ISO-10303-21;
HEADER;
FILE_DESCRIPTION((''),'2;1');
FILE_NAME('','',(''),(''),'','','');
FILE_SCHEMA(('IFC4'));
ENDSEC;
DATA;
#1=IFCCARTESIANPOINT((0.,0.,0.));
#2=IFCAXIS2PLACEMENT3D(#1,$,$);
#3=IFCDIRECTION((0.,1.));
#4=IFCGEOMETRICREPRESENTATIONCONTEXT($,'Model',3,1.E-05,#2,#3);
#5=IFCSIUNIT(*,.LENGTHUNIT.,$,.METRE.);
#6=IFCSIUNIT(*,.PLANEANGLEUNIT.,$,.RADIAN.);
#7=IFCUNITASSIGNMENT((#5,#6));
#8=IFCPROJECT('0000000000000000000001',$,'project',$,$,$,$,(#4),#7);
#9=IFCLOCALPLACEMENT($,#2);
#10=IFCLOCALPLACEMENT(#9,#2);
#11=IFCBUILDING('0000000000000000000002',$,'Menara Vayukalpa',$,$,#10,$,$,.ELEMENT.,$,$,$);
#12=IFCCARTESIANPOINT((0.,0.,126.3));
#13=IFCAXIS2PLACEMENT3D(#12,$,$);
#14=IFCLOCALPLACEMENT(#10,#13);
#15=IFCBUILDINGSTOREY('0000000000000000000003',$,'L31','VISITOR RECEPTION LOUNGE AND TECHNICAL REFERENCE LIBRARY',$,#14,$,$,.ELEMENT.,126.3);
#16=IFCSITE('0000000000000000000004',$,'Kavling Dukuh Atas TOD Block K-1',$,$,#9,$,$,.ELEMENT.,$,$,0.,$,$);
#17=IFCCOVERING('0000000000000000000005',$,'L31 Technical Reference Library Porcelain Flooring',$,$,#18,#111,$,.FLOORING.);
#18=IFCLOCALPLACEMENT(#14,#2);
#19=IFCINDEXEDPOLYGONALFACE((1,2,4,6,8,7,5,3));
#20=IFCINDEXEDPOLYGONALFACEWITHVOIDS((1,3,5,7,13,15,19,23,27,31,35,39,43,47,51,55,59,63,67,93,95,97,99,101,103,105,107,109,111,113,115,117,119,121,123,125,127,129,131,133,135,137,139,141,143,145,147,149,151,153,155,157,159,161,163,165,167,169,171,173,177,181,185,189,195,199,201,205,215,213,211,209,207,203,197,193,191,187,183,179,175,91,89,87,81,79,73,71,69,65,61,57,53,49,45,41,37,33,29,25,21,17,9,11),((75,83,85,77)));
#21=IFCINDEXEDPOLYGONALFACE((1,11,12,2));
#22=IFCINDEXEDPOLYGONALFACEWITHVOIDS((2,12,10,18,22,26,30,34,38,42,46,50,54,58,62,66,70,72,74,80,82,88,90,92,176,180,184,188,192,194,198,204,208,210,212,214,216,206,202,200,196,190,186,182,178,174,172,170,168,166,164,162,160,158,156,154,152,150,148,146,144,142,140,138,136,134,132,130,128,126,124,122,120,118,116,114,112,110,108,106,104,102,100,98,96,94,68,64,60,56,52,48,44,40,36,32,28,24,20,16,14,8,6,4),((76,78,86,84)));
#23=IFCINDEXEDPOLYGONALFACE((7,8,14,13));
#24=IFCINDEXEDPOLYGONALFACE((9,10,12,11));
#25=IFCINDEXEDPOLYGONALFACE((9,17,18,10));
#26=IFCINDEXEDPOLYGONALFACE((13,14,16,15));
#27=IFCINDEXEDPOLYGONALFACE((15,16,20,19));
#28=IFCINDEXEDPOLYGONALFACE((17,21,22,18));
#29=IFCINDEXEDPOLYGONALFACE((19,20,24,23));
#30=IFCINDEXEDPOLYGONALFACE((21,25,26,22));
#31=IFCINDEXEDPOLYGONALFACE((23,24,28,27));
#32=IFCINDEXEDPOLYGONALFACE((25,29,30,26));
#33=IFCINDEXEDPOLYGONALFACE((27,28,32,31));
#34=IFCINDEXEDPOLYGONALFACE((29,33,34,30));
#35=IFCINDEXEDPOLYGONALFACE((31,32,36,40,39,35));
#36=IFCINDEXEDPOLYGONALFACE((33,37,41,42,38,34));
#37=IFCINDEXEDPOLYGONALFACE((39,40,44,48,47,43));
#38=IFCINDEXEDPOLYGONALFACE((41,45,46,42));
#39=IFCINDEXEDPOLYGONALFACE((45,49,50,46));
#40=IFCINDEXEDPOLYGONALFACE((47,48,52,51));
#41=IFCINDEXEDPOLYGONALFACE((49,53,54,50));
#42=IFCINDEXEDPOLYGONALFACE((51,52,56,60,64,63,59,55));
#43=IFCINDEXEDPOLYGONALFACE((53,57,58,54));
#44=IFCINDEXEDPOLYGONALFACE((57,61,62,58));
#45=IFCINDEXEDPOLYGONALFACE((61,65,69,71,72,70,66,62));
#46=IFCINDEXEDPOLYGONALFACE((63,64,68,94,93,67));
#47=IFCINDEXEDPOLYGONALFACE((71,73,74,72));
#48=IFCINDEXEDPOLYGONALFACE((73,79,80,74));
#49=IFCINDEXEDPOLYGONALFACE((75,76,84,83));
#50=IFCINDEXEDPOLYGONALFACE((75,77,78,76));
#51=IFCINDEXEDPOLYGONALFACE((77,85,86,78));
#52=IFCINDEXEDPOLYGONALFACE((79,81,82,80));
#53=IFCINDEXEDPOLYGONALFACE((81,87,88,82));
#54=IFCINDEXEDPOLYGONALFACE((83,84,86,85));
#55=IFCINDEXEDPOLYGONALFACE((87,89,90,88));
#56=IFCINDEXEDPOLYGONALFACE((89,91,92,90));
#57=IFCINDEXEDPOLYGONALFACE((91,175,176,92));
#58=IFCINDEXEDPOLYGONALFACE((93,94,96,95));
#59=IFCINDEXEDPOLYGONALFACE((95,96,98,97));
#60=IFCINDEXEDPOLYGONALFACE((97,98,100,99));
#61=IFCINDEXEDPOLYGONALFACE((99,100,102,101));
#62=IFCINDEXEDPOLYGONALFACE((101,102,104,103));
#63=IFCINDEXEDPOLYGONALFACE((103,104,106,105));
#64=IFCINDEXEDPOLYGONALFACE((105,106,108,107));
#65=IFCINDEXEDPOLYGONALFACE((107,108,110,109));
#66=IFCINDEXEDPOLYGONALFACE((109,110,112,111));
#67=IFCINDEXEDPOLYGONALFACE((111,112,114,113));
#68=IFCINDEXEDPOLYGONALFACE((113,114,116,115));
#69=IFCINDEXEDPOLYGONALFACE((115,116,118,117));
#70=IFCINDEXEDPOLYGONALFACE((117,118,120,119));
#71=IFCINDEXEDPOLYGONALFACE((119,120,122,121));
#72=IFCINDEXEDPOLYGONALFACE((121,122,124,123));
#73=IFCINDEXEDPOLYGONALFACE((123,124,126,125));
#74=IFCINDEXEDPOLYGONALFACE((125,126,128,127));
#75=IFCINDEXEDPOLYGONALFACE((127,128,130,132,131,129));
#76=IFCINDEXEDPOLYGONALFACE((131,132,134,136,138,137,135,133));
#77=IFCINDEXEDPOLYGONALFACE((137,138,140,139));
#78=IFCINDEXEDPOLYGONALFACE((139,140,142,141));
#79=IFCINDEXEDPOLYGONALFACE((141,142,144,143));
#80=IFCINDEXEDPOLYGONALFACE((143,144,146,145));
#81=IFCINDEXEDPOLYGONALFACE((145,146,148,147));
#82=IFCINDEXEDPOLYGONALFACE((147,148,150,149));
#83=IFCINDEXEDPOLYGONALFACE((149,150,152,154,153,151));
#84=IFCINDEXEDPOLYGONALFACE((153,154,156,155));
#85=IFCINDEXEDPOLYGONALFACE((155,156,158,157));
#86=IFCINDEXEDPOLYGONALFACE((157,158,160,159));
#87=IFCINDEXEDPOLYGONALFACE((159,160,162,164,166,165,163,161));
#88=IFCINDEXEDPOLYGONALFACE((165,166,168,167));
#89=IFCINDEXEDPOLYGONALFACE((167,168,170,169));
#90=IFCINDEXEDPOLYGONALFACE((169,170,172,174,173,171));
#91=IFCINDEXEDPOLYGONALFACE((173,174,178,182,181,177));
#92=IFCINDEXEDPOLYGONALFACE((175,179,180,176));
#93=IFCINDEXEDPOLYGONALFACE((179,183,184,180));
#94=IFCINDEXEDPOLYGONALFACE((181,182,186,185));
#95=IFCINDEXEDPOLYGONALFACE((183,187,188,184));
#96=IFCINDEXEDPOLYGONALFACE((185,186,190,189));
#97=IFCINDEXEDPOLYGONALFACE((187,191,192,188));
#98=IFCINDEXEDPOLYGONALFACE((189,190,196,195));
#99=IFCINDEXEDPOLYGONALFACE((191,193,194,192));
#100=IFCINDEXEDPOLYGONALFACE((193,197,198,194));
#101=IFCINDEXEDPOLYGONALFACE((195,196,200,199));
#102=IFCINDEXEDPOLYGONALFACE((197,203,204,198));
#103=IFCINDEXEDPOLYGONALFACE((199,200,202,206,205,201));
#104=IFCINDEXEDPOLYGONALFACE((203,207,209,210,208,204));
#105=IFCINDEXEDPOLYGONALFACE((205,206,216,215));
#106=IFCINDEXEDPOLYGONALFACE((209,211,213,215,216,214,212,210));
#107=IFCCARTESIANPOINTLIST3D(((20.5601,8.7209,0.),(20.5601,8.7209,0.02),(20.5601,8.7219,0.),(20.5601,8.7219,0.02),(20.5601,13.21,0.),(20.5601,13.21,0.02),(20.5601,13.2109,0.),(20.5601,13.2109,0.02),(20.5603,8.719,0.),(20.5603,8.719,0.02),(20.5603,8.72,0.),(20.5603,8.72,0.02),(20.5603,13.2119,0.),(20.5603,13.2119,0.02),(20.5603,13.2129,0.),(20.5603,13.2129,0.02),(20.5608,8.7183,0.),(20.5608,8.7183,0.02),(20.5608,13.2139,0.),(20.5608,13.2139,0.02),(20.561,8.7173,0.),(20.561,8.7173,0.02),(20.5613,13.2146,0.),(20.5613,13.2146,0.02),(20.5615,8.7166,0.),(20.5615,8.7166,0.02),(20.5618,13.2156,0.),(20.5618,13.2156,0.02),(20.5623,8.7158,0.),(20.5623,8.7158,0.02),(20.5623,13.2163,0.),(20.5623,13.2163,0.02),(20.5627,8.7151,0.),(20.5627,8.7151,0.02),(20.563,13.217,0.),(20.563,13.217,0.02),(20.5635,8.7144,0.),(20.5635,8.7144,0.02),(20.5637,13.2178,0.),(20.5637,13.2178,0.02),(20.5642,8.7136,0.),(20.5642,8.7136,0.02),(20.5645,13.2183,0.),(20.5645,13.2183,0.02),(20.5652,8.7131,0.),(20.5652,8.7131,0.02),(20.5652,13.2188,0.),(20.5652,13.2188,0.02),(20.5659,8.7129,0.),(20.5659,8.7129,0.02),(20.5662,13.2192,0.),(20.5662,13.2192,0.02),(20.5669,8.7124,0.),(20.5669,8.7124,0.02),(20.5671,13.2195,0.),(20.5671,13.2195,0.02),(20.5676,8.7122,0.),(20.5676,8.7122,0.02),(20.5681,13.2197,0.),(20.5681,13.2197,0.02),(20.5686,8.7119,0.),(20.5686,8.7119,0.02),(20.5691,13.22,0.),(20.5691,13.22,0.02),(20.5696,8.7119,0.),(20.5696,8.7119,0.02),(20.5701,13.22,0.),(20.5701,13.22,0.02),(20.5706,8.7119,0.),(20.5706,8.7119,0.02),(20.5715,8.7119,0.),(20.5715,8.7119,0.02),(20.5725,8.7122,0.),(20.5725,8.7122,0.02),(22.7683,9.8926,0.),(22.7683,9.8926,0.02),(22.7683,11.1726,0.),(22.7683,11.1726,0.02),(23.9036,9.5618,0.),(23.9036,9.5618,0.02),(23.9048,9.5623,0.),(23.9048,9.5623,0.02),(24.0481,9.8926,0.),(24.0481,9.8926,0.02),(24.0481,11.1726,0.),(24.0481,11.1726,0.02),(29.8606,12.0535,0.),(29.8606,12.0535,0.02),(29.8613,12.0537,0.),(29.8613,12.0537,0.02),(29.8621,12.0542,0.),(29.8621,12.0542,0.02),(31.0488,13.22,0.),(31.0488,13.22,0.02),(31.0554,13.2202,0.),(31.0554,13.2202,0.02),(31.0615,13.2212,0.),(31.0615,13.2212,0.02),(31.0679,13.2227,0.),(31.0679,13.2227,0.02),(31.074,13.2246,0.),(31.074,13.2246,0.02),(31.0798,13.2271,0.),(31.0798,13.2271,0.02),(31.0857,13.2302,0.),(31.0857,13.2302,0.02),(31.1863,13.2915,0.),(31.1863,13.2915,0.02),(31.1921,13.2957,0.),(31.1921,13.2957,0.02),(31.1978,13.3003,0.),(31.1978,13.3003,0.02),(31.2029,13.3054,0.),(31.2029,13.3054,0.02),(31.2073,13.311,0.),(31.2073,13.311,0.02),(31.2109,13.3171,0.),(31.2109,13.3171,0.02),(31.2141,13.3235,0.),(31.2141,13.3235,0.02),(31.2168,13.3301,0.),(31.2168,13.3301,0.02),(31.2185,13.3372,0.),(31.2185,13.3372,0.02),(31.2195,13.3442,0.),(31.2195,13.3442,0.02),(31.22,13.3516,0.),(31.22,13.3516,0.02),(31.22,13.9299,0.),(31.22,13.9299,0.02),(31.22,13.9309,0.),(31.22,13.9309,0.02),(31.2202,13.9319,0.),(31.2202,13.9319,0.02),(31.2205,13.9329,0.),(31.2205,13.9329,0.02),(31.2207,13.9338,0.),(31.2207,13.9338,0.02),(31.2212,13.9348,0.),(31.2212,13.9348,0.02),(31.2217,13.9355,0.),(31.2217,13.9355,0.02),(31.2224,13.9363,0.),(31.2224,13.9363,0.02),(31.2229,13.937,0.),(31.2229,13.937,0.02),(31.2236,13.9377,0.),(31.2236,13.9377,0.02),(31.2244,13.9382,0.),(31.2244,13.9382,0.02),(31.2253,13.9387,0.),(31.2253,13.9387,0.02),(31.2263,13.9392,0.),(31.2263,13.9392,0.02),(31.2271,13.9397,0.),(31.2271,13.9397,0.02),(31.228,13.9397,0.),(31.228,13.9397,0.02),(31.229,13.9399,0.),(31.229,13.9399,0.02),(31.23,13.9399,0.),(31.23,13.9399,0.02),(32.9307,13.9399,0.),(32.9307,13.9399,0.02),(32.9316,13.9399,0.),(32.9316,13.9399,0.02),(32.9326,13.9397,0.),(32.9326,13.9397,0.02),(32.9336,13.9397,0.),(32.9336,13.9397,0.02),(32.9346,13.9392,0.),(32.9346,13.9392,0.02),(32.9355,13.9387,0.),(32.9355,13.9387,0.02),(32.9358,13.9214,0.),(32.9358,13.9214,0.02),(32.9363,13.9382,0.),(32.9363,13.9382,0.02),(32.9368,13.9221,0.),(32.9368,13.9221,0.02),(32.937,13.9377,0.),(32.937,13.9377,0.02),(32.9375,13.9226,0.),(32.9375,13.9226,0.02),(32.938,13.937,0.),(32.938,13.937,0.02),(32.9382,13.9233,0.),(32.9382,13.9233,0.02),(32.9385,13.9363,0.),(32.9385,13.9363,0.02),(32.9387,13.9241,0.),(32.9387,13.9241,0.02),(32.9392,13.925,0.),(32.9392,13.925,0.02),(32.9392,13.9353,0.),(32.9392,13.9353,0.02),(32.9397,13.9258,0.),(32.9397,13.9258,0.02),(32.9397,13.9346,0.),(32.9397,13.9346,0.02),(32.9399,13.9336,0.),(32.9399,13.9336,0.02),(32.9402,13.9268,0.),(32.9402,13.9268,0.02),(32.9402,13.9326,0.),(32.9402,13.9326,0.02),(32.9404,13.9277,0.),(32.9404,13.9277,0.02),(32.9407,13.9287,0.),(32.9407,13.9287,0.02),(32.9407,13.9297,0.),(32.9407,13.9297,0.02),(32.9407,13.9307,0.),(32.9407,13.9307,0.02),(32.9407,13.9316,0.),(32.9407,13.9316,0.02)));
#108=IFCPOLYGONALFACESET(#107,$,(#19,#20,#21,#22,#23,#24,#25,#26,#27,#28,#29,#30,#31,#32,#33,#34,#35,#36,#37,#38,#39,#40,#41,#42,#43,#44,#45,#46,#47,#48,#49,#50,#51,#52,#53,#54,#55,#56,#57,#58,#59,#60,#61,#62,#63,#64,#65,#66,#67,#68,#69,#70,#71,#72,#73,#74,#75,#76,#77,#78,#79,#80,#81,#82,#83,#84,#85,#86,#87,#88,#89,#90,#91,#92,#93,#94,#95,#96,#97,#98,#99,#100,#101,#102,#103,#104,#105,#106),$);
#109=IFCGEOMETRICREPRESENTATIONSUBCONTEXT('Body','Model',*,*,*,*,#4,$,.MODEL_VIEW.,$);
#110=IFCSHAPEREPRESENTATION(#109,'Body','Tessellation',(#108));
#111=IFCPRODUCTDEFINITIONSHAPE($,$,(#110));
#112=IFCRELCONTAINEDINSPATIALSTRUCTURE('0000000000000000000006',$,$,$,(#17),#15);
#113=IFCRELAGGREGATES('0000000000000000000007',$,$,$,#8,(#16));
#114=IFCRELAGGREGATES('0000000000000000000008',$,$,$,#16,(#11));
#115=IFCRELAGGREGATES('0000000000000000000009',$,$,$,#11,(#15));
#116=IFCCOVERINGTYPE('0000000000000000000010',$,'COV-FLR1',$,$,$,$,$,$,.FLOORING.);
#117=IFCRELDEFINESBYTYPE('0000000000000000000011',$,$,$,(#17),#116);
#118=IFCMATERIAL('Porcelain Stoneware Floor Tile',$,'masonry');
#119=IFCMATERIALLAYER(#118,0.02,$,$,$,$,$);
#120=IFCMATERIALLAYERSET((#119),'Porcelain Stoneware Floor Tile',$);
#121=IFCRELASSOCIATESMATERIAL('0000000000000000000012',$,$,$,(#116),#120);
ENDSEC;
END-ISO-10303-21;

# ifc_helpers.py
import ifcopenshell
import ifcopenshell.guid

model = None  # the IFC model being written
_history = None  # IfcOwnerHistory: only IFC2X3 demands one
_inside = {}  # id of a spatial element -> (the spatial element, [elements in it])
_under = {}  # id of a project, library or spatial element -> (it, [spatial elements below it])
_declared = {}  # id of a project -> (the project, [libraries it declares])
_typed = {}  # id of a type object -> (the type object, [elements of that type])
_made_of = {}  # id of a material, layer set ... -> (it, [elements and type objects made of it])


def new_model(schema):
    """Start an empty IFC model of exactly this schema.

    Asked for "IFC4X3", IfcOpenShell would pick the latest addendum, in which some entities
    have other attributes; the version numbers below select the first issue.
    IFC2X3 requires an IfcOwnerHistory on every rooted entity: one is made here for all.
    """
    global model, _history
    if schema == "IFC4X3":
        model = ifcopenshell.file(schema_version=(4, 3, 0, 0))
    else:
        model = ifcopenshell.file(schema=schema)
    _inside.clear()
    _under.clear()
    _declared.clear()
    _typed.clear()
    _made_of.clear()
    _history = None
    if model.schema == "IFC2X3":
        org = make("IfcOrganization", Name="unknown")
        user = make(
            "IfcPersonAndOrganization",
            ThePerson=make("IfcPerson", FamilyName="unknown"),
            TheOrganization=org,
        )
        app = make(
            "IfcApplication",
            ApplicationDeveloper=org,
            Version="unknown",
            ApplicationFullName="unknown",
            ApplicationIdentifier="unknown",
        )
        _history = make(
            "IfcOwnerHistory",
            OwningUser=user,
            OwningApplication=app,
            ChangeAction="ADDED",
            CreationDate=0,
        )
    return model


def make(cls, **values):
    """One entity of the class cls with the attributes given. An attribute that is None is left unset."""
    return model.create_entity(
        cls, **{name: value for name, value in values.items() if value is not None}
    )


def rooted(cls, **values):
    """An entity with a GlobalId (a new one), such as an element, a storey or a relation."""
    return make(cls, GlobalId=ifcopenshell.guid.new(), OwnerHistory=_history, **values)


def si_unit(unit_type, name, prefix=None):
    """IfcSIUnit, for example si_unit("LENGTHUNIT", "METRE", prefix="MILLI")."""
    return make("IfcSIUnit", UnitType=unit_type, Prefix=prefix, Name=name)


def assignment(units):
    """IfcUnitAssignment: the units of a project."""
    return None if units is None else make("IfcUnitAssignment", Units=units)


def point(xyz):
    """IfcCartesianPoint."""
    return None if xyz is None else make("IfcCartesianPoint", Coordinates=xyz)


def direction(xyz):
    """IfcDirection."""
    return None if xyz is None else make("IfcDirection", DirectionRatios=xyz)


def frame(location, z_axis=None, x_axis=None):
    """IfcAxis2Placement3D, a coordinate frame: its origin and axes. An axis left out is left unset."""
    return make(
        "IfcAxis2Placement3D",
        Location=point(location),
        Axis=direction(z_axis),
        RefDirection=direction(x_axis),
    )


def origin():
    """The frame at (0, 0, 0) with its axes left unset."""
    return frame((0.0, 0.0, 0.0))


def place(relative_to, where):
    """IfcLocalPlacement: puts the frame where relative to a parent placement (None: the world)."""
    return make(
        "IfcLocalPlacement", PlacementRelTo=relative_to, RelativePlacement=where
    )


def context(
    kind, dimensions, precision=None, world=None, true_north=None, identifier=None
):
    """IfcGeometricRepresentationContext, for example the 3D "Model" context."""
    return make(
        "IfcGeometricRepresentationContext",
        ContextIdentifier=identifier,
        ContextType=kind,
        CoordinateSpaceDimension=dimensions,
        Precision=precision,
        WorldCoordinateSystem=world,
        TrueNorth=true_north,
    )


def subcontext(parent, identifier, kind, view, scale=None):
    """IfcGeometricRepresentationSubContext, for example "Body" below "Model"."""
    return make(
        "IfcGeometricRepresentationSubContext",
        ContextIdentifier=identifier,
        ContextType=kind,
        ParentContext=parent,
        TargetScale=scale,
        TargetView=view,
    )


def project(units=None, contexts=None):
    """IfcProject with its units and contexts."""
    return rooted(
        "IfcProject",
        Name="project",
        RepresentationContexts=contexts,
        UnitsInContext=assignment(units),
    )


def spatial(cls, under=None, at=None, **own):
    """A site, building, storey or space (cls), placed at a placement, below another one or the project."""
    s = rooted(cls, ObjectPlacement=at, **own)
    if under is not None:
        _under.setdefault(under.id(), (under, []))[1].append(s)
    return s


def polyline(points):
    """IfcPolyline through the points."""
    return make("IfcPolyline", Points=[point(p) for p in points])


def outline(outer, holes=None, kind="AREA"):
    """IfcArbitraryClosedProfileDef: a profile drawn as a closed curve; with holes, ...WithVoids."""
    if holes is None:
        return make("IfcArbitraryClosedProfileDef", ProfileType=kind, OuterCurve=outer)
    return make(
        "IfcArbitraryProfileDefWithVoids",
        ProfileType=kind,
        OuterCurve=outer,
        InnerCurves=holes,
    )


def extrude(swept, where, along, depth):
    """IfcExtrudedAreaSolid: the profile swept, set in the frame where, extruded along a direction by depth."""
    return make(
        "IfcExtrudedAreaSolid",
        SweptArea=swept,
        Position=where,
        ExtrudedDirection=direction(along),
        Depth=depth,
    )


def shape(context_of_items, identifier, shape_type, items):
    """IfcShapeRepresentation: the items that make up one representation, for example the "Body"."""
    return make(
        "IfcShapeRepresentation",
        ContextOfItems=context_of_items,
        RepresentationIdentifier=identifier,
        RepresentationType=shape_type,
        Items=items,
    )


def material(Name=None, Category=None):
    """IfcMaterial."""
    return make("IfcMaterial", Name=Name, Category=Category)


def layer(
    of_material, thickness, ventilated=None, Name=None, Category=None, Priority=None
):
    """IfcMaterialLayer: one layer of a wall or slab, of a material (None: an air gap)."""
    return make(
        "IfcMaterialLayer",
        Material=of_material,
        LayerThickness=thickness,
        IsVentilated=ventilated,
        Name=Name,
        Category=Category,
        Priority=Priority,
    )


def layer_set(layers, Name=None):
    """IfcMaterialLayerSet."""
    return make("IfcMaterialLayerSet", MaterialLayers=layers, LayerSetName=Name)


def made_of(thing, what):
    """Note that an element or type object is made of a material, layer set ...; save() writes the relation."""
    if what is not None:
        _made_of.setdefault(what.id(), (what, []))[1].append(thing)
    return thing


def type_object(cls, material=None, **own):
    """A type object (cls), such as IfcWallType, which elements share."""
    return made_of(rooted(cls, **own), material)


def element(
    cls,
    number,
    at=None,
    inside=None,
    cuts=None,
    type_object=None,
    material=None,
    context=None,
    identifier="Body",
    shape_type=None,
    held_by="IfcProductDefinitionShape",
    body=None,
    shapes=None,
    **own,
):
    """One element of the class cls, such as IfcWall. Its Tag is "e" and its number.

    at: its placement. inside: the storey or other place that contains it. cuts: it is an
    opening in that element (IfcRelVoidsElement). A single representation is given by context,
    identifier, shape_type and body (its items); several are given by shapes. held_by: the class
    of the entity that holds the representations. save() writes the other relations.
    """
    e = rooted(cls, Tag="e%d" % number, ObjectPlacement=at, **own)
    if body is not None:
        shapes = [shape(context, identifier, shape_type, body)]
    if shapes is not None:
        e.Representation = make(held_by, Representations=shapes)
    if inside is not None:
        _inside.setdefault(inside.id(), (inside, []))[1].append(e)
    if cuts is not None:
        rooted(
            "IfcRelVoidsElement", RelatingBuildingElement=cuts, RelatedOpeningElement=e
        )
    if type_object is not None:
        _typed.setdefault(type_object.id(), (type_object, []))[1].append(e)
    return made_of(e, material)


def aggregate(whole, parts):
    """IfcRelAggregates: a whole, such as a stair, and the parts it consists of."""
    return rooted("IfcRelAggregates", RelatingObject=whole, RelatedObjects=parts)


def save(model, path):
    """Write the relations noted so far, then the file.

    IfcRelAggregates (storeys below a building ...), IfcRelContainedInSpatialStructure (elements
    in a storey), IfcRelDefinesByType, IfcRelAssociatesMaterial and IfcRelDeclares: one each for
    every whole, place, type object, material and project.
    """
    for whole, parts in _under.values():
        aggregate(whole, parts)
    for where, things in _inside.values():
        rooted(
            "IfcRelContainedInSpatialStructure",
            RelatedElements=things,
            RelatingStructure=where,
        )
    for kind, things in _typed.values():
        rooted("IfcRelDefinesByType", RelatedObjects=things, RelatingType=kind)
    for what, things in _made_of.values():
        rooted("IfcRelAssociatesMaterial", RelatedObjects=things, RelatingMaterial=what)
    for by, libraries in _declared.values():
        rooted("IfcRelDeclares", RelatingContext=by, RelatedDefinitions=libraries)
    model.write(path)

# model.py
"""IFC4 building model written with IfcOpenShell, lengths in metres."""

from ifc_helpers import new_model, si_unit, direction, frame, origin, place, context, subcontext, project, spatial, polyline, outline, extrude, material, layer, layer_set, type_object, element, save


model = new_model("IFC4")

# Units and contexts
model_context = context("Model", 3, precision=1e-05, world=origin(), true_north=direction((0.0, 1.0)))
body_context = subcontext(model_context, "Body", "Model", "MODEL_VIEW")
ifc_project = project(units=[si_unit("LENGTHUNIT", "METRE"), si_unit("PLANEANGLEUNIT", "RADIAN")], contexts=[model_context])

# Site, building, storey
site_placement = place(None, origin())
site = spatial("IfcSite", under=ifc_project, at=site_placement, Name="Kavling Dukuh Atas TOD Block K-1", CompositionType="ELEMENT", RefElevation=0.0)
building_placement = place(site_placement, origin())
building = spatial("IfcBuilding", under=site, at=building_placement, Name="Menara Vayukalpa", CompositionType="ELEMENT")
storey_placement = place(building_placement, frame((0.0, 0.0, 126.3)))
storey = spatial("IfcBuildingStorey", under=building, at=storey_placement, Name="L31", Description="VISITOR RECEPTION LOUNGE AND TECHNICAL REFERENCE LIBRARY", CompositionType="ELEMENT", Elevation=126.3)

# Covering
ifc_material_1 = material(Name="Porcelain Stoneware Floor Tile", Category="masonry")
ifc_layer_1 = layer(ifc_material_1, 0.02)
ifc_layer_set_1 = layer_set([ifc_layer_1], Name="Porcelain Stoneware Floor Tile")
covering_type_1 = type_object("IfcCoveringType", Name="COV-FLR1", PredefinedType="FLOORING", material=ifc_layer_set_1)
covering_1_placement = place(storey_placement, origin())
element("IfcCovering", 1, at=covering_1_placement, inside=storey, type_object=covering_type_1, Name="L31 Technical Reference Library Porcelain Flooring", PredefinedType="FLOORING", context=body_context, shape_type="SweptSolid", body=[
    extrude(outline(polyline([(29.8606, 12.0535), (23.9048, 9.5623), (23.9036, 9.5618), (20.5725, 8.7122), (20.5715, 8.7119), (20.5706, 8.7119), (20.5696, 8.7119), (20.5686, 8.7119), (20.5676, 8.7122), (20.5669, 8.7124), (20.5659, 8.7129), (20.5652, 8.7131), (20.5642, 8.7136), (20.5635, 8.7144), (20.5627, 8.7151), (20.5623, 8.7158), (20.5615, 8.7166), (20.561, 8.7173), (20.5608, 8.7183), (20.5603, 8.719), (20.5603, 8.72), (20.5601, 8.7209), (20.5601, 8.7219), (20.5601, 13.21), (20.5601, 13.2109), (20.5603, 13.2119), (20.5603, 13.2129), (20.5608, 13.2139), (20.5613, 13.2146), (20.5618, 13.2156), (20.5623, 13.2163), (20.563, 13.217), (20.5637, 13.2178), (20.5645, 13.2183), (20.5652, 13.2188), (20.5662, 13.2192), (20.5671, 13.2195), (20.5681, 13.2197), (20.5691, 13.22), (20.5701, 13.22), (31.0488, 13.22), (31.0554, 13.2202), (31.0615, 13.2212), (31.0679, 13.2227), (31.074, 13.2246), (31.0798, 13.2271), (31.0857, 13.2302), (31.1863, 13.2915), (31.1921, 13.2957), (31.1978, 13.3003), (31.2029, 13.3054), (31.2073, 13.311), (31.2109, 13.3171), (31.2141, 13.3235), (31.2168, 13.3301), (31.2185, 13.3372), (31.2195, 13.3442), (31.22, 13.3516), (31.22, 13.9299), (31.22, 13.9309), (31.2202, 13.9319), (31.2205, 13.9329), (31.2207, 13.9338), (31.2212, 13.9348), (31.2217, 13.9355), (31.2224, 13.9363), (31.2229, 13.937), (31.2236, 13.9377), (31.2244, 13.9382), (31.2253, 13.9387), (31.2263, 13.9392), (31.2271, 13.9397), (31.228, 13.9397), (31.229, 13.9399), (31.23, 13.9399), (32.9307, 13.9399), (32.9316, 13.9399), (32.9326, 13.9397), (32.9336, 13.9397), (32.9346, 13.9392), (32.9355, 13.9387), (32.9363, 13.9382), (32.937, 13.9377), (32.938, 13.937), (32.9385, 13.9363), (32.9392, 13.9353), (32.9397, 13.9346), (32.9399, 13.9336), (32.9402, 13.9326), (32.9407, 13.9316), (32.9407, 13.9307), (32.9407, 13.9297), (32.9407, 13.9287), (32.9404, 13.9277), (32.9402, 13.9268), (32.9397, 13.9258), (32.9392, 13.925), (32.9387, 13.9241), (32.9382, 13.9233), (32.9375, 13.9226), (32.9368, 13.9221), (32.9358, 13.9214), (29.8621, 12.0542), (29.8613, 12.0537), (29.8606, 12.0535)]), holes=[polyline([(24.0481, 11.1726), (22.7683, 11.1726), (22.7683, 9.8926), (24.0481, 9.8926), (24.0481, 11.1726)])]), origin(), (0.0, 0.0, 1.0), 0.02),
])

save(model, "model.ifc")
